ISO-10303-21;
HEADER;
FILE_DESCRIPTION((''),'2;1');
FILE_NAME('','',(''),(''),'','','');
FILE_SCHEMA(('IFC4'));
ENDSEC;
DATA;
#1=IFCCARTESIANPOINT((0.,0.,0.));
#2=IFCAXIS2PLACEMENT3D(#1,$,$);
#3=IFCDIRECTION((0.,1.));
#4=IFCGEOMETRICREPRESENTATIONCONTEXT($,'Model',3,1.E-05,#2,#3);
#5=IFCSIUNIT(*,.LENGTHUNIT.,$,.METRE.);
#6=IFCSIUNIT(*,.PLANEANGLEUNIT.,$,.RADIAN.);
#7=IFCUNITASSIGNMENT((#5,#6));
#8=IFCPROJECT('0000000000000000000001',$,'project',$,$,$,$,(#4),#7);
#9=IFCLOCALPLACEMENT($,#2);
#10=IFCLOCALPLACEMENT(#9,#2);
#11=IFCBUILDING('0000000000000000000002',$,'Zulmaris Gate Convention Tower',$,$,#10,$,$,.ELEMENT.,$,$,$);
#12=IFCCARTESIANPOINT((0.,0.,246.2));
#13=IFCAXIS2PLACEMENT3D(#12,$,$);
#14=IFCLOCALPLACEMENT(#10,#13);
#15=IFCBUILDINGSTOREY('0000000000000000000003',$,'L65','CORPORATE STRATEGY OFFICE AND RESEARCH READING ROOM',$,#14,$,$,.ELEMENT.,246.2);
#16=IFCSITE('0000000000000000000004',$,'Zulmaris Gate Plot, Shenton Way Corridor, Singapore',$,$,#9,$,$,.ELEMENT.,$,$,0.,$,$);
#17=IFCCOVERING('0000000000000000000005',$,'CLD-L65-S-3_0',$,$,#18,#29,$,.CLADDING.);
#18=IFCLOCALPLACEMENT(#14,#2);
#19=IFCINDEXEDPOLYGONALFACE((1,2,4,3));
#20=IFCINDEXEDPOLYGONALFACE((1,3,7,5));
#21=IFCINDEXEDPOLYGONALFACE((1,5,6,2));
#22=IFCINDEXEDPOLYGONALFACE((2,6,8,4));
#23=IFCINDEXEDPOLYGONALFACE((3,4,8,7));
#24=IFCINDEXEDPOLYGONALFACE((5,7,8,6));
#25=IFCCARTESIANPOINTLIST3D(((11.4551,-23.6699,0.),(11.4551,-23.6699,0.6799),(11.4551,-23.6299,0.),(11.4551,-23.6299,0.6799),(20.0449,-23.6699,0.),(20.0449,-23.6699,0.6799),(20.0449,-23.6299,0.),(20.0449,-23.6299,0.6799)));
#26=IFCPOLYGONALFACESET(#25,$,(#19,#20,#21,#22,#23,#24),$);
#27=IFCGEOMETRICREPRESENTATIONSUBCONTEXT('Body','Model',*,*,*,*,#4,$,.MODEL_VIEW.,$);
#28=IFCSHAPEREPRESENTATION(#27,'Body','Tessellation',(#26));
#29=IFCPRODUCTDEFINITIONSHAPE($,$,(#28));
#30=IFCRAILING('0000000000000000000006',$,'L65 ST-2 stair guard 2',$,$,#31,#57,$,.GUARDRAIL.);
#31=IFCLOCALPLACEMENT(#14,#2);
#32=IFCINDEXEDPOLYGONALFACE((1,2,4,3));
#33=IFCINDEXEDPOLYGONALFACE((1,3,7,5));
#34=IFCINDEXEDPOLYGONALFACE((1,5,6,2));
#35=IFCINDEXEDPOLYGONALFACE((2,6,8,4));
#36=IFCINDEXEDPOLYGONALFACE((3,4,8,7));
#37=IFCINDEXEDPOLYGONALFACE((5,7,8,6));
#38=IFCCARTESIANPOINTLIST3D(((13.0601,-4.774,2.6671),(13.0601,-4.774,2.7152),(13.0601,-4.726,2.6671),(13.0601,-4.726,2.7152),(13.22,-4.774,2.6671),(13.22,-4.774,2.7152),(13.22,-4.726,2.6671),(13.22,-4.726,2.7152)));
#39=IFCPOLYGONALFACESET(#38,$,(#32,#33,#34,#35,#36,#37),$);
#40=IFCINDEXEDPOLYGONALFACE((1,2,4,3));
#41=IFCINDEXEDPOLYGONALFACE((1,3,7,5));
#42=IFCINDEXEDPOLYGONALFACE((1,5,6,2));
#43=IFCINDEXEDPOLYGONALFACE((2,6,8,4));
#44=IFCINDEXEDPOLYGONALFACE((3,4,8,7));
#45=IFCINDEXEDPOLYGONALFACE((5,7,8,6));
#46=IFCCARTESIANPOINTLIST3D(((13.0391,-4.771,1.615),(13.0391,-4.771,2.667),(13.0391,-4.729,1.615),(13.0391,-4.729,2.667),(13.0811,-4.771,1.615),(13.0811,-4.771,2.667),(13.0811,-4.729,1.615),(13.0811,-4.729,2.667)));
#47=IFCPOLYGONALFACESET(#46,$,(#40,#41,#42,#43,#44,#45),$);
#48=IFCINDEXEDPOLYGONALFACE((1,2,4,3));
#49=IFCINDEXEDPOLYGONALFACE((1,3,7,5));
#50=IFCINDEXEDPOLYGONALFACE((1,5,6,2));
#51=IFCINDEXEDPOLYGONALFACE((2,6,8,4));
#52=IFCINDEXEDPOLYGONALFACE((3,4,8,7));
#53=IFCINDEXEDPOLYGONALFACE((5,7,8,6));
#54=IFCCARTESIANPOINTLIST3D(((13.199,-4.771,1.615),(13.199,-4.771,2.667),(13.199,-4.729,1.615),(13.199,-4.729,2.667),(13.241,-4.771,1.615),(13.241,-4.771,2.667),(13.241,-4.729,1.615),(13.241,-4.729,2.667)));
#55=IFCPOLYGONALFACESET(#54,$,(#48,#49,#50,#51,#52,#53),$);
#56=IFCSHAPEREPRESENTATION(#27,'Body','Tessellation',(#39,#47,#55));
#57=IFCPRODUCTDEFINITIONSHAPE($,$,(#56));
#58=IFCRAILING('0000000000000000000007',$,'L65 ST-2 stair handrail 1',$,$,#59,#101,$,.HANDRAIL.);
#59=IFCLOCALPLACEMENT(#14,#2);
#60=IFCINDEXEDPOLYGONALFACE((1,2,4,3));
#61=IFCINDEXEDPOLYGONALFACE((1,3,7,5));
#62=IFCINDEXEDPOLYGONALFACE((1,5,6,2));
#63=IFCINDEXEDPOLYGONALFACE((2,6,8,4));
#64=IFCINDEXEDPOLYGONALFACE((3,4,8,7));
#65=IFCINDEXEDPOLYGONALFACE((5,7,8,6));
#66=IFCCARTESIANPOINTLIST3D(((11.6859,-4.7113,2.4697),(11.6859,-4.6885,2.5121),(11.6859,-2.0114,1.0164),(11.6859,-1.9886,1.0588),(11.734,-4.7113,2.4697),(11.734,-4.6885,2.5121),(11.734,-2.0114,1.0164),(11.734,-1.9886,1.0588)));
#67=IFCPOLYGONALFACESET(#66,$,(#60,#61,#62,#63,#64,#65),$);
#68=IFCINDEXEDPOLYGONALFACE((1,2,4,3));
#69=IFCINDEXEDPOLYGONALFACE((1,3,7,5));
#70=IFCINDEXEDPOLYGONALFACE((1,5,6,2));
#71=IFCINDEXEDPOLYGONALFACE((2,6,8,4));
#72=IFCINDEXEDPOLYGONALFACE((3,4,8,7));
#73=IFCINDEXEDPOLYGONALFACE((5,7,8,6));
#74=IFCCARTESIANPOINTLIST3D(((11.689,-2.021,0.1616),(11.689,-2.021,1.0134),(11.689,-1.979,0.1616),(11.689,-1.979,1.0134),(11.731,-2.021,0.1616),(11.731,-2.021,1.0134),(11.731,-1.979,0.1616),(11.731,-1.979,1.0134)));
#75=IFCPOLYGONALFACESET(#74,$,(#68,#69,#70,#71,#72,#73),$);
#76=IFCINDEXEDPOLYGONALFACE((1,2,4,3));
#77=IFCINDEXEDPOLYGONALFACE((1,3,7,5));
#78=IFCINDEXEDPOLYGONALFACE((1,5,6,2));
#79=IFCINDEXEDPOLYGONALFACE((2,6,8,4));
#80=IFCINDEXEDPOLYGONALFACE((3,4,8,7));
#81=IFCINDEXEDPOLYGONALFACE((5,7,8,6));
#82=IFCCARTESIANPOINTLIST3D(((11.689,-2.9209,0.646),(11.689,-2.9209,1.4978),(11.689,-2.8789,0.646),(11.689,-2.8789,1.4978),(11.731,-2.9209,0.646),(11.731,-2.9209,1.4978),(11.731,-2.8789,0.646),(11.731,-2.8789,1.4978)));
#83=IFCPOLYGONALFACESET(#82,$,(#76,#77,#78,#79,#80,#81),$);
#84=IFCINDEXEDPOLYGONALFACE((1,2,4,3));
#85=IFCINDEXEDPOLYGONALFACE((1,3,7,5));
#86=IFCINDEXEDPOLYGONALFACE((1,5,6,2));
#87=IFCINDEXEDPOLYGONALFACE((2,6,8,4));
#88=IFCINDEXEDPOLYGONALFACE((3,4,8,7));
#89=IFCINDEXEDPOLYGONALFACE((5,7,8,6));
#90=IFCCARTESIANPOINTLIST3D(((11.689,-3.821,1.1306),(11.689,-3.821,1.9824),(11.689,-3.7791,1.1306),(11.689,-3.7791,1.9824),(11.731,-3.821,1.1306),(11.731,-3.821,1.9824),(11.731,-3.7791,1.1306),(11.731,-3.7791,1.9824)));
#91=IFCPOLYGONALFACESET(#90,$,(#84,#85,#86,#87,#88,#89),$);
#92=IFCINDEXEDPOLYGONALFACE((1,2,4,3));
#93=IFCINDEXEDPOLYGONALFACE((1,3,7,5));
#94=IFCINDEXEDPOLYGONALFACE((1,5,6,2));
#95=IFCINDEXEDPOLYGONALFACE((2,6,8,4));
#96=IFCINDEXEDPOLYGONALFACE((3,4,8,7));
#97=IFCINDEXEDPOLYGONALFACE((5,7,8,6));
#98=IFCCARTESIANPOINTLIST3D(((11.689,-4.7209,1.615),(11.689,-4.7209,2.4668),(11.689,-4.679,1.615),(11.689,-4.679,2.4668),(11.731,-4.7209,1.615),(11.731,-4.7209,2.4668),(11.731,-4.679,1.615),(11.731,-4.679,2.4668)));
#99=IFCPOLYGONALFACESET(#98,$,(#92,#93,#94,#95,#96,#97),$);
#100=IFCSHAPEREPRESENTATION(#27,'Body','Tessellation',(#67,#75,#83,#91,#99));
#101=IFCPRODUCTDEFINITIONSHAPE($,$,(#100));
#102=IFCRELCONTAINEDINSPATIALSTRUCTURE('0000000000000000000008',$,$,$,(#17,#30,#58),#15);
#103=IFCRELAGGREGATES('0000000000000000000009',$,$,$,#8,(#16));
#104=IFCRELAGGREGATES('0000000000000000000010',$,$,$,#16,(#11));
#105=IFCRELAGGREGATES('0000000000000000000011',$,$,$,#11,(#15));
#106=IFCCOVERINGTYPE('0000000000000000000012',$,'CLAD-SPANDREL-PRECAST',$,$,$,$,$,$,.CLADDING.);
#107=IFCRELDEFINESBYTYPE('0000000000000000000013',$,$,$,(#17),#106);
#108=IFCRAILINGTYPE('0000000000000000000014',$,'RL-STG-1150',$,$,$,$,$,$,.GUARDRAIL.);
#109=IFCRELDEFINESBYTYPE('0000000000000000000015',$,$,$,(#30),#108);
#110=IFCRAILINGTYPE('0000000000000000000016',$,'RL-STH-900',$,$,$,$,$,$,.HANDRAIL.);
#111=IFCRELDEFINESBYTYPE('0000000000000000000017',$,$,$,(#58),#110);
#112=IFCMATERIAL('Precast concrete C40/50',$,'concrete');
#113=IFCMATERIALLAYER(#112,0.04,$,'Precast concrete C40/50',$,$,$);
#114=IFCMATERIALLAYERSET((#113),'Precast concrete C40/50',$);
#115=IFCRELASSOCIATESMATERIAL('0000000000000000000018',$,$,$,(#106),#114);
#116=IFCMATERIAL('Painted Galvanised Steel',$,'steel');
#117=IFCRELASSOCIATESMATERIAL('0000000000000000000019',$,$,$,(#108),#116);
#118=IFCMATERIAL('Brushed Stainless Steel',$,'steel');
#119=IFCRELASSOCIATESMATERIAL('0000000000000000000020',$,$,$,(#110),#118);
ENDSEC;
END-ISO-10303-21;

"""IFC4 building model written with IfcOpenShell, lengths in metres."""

from ifc_helpers import new_model, si_unit, direction, frame, frame_2d, origin, origin_2d, place, context, subcontext, project, spatial, rectangle, extrude, material, layer, layer_set, type_object, element, save


model = new_model("IFC4")

# Units and contexts
model_context = context("Model", 3, precision=1e-05, world=origin(), true_north=direction((0.0, 1.0)))
body_context = subcontext(model_context, "Body", "Model", "MODEL_VIEW")
ifc_project = project(units=[si_unit("LENGTHUNIT", "METRE"), si_unit("PLANEANGLEUNIT", "RADIAN")], contexts=[model_context])

# Site, building, storey
site_placement = place(None, origin())
site = spatial("IfcSite", under=ifc_project, at=site_placement, Name="Zulmaris Gate Plot, Shenton Way Corridor, Singapore", CompositionType="ELEMENT", RefElevation=0.0)
building_placement = place(site_placement, origin())
building = spatial("IfcBuilding", under=site, at=building_placement, Name="Zulmaris Gate Convention Tower", CompositionType="ELEMENT")
storey_placement = place(building_placement, frame((0.0, 0.0, 246.2)))
storey = spatial("IfcBuildingStorey", under=building, at=storey_placement, Name="L65", Description="CORPORATE STRATEGY OFFICE AND RESEARCH READING ROOM", CompositionType="ELEMENT", Elevation=246.2)

# Shared definitions
ifc_material_1 = material(Name="Precast concrete C40/50", Category="concrete")

# Covering
ifc_layer_1 = layer(ifc_material_1, 0.04, Name="Precast concrete C40/50")
ifc_layer_set_1 = layer_set([ifc_layer_1], Name="Precast concrete C40/50")
covering_type = type_object("IfcCoveringType", Name="CLAD-SPANDREL-PRECAST", PredefinedType="CLADDING", material=ifc_layer_set_1)
covering_1_placement = place(storey_placement, frame((11.4551, -23.6499, 0.0), z_axis=(0.0, 0.0, 1.0), x_axis=(1.0, 0.0, 0.0)))
element("IfcCovering", 1, at=covering_1_placement, inside=storey, type_object=covering_type, Name="CLD-L65-S-3_0", PredefinedType="CLADDING", context=body_context, shape_type="SweptSolid", body=[
    extrude(rectangle(XDim=8.5898, YDim=0.04, at=frame_2d((4.2949, 0.0))), origin(), (0.0, 0.0, 1.0), 0.6799),
])

# Railings
ifc_material_2 = material(Name="Painted Galvanised Steel", Category="steel")
railing_type_1 = type_object("IfcRailingType", Name="RL-STG-1150", PredefinedType="GUARDRAIL", material=ifc_material_2)
railing_1_placement = place(storey_placement, frame((13.0601, -4.75, 1.615)))
element("IfcRailing", 2, at=railing_1_placement, inside=storey, type_object=railing_type_1, Name="L65 ST-2 stair guard 2", PredefinedType="GUARDRAIL", context=body_context, shape_type="SweptSolid", body=[
    extrude(rectangle(XDim=0.0481, YDim=0.0481, at=origin_2d()), frame((0.0, 0.0, 1.0762), z_axis=(1.0, 0.0, 0.0), x_axis=(0.0, 1.0, 0.0)), (0.0, 0.0, 1.0), 0.1599),
    extrude(rectangle(XDim=0.042, YDim=0.042, at=origin_2d()), origin(), (0.0, 0.0, 1.0), 1.052),
    extrude(rectangle(XDim=0.042, YDim=0.042, at=origin_2d()), frame((0.1599, 0.0, 0.0)), (0.0, 0.0, 1.0), 1.052),
])
ifc_material_3 = material(Name="Brushed Stainless Steel", Category="steel")
railing_type_2 = type_object("IfcRailingType", Name="RL-STH-900", PredefinedType="HANDRAIL", material=ifc_material_3)
railing_2_placement = place(storey_placement, frame((11.71, -2.0, 0.1616)))
element("IfcRailing", 3, at=railing_2_placement, inside=storey, type_object=railing_type_2, Name="L65 ST-2 stair handrail 1", PredefinedType="HANDRAIL", context=body_context, shape_type="SweptSolid", body=[
    extrude(rectangle(XDim=0.0481, YDim=0.0481, at=origin_2d()), frame((0.0, 0.0, 0.876), z_axis=(0.0, -0.880532, 0.473986), x_axis=(1.0, 0.0, 0.0)), (0.0, 0.0, 1.0), 3.0662),
    extrude(rectangle(XDim=0.042, YDim=0.042, at=origin_2d()), origin(), (0.0, 0.0, 1.0), 0.8518),
    extrude(rectangle(XDim=0.042, YDim=0.042, at=origin_2d()), frame((0.0, -0.8999, 0.4844)), (0.0, 0.0, 1.0), 0.8518),
    extrude(rectangle(XDim=0.042, YDim=0.042, at=origin_2d()), frame((0.0, -1.8, 0.969)), (0.0, 0.0, 1.0), 0.8518),
    extrude(rectangle(XDim=0.042, YDim=0.042, at=origin_2d()), frame((0.0, -2.7, 1.4534)), (0.0, 0.0, 1.0), 0.8518),
])

save(model, "model.ifc")
